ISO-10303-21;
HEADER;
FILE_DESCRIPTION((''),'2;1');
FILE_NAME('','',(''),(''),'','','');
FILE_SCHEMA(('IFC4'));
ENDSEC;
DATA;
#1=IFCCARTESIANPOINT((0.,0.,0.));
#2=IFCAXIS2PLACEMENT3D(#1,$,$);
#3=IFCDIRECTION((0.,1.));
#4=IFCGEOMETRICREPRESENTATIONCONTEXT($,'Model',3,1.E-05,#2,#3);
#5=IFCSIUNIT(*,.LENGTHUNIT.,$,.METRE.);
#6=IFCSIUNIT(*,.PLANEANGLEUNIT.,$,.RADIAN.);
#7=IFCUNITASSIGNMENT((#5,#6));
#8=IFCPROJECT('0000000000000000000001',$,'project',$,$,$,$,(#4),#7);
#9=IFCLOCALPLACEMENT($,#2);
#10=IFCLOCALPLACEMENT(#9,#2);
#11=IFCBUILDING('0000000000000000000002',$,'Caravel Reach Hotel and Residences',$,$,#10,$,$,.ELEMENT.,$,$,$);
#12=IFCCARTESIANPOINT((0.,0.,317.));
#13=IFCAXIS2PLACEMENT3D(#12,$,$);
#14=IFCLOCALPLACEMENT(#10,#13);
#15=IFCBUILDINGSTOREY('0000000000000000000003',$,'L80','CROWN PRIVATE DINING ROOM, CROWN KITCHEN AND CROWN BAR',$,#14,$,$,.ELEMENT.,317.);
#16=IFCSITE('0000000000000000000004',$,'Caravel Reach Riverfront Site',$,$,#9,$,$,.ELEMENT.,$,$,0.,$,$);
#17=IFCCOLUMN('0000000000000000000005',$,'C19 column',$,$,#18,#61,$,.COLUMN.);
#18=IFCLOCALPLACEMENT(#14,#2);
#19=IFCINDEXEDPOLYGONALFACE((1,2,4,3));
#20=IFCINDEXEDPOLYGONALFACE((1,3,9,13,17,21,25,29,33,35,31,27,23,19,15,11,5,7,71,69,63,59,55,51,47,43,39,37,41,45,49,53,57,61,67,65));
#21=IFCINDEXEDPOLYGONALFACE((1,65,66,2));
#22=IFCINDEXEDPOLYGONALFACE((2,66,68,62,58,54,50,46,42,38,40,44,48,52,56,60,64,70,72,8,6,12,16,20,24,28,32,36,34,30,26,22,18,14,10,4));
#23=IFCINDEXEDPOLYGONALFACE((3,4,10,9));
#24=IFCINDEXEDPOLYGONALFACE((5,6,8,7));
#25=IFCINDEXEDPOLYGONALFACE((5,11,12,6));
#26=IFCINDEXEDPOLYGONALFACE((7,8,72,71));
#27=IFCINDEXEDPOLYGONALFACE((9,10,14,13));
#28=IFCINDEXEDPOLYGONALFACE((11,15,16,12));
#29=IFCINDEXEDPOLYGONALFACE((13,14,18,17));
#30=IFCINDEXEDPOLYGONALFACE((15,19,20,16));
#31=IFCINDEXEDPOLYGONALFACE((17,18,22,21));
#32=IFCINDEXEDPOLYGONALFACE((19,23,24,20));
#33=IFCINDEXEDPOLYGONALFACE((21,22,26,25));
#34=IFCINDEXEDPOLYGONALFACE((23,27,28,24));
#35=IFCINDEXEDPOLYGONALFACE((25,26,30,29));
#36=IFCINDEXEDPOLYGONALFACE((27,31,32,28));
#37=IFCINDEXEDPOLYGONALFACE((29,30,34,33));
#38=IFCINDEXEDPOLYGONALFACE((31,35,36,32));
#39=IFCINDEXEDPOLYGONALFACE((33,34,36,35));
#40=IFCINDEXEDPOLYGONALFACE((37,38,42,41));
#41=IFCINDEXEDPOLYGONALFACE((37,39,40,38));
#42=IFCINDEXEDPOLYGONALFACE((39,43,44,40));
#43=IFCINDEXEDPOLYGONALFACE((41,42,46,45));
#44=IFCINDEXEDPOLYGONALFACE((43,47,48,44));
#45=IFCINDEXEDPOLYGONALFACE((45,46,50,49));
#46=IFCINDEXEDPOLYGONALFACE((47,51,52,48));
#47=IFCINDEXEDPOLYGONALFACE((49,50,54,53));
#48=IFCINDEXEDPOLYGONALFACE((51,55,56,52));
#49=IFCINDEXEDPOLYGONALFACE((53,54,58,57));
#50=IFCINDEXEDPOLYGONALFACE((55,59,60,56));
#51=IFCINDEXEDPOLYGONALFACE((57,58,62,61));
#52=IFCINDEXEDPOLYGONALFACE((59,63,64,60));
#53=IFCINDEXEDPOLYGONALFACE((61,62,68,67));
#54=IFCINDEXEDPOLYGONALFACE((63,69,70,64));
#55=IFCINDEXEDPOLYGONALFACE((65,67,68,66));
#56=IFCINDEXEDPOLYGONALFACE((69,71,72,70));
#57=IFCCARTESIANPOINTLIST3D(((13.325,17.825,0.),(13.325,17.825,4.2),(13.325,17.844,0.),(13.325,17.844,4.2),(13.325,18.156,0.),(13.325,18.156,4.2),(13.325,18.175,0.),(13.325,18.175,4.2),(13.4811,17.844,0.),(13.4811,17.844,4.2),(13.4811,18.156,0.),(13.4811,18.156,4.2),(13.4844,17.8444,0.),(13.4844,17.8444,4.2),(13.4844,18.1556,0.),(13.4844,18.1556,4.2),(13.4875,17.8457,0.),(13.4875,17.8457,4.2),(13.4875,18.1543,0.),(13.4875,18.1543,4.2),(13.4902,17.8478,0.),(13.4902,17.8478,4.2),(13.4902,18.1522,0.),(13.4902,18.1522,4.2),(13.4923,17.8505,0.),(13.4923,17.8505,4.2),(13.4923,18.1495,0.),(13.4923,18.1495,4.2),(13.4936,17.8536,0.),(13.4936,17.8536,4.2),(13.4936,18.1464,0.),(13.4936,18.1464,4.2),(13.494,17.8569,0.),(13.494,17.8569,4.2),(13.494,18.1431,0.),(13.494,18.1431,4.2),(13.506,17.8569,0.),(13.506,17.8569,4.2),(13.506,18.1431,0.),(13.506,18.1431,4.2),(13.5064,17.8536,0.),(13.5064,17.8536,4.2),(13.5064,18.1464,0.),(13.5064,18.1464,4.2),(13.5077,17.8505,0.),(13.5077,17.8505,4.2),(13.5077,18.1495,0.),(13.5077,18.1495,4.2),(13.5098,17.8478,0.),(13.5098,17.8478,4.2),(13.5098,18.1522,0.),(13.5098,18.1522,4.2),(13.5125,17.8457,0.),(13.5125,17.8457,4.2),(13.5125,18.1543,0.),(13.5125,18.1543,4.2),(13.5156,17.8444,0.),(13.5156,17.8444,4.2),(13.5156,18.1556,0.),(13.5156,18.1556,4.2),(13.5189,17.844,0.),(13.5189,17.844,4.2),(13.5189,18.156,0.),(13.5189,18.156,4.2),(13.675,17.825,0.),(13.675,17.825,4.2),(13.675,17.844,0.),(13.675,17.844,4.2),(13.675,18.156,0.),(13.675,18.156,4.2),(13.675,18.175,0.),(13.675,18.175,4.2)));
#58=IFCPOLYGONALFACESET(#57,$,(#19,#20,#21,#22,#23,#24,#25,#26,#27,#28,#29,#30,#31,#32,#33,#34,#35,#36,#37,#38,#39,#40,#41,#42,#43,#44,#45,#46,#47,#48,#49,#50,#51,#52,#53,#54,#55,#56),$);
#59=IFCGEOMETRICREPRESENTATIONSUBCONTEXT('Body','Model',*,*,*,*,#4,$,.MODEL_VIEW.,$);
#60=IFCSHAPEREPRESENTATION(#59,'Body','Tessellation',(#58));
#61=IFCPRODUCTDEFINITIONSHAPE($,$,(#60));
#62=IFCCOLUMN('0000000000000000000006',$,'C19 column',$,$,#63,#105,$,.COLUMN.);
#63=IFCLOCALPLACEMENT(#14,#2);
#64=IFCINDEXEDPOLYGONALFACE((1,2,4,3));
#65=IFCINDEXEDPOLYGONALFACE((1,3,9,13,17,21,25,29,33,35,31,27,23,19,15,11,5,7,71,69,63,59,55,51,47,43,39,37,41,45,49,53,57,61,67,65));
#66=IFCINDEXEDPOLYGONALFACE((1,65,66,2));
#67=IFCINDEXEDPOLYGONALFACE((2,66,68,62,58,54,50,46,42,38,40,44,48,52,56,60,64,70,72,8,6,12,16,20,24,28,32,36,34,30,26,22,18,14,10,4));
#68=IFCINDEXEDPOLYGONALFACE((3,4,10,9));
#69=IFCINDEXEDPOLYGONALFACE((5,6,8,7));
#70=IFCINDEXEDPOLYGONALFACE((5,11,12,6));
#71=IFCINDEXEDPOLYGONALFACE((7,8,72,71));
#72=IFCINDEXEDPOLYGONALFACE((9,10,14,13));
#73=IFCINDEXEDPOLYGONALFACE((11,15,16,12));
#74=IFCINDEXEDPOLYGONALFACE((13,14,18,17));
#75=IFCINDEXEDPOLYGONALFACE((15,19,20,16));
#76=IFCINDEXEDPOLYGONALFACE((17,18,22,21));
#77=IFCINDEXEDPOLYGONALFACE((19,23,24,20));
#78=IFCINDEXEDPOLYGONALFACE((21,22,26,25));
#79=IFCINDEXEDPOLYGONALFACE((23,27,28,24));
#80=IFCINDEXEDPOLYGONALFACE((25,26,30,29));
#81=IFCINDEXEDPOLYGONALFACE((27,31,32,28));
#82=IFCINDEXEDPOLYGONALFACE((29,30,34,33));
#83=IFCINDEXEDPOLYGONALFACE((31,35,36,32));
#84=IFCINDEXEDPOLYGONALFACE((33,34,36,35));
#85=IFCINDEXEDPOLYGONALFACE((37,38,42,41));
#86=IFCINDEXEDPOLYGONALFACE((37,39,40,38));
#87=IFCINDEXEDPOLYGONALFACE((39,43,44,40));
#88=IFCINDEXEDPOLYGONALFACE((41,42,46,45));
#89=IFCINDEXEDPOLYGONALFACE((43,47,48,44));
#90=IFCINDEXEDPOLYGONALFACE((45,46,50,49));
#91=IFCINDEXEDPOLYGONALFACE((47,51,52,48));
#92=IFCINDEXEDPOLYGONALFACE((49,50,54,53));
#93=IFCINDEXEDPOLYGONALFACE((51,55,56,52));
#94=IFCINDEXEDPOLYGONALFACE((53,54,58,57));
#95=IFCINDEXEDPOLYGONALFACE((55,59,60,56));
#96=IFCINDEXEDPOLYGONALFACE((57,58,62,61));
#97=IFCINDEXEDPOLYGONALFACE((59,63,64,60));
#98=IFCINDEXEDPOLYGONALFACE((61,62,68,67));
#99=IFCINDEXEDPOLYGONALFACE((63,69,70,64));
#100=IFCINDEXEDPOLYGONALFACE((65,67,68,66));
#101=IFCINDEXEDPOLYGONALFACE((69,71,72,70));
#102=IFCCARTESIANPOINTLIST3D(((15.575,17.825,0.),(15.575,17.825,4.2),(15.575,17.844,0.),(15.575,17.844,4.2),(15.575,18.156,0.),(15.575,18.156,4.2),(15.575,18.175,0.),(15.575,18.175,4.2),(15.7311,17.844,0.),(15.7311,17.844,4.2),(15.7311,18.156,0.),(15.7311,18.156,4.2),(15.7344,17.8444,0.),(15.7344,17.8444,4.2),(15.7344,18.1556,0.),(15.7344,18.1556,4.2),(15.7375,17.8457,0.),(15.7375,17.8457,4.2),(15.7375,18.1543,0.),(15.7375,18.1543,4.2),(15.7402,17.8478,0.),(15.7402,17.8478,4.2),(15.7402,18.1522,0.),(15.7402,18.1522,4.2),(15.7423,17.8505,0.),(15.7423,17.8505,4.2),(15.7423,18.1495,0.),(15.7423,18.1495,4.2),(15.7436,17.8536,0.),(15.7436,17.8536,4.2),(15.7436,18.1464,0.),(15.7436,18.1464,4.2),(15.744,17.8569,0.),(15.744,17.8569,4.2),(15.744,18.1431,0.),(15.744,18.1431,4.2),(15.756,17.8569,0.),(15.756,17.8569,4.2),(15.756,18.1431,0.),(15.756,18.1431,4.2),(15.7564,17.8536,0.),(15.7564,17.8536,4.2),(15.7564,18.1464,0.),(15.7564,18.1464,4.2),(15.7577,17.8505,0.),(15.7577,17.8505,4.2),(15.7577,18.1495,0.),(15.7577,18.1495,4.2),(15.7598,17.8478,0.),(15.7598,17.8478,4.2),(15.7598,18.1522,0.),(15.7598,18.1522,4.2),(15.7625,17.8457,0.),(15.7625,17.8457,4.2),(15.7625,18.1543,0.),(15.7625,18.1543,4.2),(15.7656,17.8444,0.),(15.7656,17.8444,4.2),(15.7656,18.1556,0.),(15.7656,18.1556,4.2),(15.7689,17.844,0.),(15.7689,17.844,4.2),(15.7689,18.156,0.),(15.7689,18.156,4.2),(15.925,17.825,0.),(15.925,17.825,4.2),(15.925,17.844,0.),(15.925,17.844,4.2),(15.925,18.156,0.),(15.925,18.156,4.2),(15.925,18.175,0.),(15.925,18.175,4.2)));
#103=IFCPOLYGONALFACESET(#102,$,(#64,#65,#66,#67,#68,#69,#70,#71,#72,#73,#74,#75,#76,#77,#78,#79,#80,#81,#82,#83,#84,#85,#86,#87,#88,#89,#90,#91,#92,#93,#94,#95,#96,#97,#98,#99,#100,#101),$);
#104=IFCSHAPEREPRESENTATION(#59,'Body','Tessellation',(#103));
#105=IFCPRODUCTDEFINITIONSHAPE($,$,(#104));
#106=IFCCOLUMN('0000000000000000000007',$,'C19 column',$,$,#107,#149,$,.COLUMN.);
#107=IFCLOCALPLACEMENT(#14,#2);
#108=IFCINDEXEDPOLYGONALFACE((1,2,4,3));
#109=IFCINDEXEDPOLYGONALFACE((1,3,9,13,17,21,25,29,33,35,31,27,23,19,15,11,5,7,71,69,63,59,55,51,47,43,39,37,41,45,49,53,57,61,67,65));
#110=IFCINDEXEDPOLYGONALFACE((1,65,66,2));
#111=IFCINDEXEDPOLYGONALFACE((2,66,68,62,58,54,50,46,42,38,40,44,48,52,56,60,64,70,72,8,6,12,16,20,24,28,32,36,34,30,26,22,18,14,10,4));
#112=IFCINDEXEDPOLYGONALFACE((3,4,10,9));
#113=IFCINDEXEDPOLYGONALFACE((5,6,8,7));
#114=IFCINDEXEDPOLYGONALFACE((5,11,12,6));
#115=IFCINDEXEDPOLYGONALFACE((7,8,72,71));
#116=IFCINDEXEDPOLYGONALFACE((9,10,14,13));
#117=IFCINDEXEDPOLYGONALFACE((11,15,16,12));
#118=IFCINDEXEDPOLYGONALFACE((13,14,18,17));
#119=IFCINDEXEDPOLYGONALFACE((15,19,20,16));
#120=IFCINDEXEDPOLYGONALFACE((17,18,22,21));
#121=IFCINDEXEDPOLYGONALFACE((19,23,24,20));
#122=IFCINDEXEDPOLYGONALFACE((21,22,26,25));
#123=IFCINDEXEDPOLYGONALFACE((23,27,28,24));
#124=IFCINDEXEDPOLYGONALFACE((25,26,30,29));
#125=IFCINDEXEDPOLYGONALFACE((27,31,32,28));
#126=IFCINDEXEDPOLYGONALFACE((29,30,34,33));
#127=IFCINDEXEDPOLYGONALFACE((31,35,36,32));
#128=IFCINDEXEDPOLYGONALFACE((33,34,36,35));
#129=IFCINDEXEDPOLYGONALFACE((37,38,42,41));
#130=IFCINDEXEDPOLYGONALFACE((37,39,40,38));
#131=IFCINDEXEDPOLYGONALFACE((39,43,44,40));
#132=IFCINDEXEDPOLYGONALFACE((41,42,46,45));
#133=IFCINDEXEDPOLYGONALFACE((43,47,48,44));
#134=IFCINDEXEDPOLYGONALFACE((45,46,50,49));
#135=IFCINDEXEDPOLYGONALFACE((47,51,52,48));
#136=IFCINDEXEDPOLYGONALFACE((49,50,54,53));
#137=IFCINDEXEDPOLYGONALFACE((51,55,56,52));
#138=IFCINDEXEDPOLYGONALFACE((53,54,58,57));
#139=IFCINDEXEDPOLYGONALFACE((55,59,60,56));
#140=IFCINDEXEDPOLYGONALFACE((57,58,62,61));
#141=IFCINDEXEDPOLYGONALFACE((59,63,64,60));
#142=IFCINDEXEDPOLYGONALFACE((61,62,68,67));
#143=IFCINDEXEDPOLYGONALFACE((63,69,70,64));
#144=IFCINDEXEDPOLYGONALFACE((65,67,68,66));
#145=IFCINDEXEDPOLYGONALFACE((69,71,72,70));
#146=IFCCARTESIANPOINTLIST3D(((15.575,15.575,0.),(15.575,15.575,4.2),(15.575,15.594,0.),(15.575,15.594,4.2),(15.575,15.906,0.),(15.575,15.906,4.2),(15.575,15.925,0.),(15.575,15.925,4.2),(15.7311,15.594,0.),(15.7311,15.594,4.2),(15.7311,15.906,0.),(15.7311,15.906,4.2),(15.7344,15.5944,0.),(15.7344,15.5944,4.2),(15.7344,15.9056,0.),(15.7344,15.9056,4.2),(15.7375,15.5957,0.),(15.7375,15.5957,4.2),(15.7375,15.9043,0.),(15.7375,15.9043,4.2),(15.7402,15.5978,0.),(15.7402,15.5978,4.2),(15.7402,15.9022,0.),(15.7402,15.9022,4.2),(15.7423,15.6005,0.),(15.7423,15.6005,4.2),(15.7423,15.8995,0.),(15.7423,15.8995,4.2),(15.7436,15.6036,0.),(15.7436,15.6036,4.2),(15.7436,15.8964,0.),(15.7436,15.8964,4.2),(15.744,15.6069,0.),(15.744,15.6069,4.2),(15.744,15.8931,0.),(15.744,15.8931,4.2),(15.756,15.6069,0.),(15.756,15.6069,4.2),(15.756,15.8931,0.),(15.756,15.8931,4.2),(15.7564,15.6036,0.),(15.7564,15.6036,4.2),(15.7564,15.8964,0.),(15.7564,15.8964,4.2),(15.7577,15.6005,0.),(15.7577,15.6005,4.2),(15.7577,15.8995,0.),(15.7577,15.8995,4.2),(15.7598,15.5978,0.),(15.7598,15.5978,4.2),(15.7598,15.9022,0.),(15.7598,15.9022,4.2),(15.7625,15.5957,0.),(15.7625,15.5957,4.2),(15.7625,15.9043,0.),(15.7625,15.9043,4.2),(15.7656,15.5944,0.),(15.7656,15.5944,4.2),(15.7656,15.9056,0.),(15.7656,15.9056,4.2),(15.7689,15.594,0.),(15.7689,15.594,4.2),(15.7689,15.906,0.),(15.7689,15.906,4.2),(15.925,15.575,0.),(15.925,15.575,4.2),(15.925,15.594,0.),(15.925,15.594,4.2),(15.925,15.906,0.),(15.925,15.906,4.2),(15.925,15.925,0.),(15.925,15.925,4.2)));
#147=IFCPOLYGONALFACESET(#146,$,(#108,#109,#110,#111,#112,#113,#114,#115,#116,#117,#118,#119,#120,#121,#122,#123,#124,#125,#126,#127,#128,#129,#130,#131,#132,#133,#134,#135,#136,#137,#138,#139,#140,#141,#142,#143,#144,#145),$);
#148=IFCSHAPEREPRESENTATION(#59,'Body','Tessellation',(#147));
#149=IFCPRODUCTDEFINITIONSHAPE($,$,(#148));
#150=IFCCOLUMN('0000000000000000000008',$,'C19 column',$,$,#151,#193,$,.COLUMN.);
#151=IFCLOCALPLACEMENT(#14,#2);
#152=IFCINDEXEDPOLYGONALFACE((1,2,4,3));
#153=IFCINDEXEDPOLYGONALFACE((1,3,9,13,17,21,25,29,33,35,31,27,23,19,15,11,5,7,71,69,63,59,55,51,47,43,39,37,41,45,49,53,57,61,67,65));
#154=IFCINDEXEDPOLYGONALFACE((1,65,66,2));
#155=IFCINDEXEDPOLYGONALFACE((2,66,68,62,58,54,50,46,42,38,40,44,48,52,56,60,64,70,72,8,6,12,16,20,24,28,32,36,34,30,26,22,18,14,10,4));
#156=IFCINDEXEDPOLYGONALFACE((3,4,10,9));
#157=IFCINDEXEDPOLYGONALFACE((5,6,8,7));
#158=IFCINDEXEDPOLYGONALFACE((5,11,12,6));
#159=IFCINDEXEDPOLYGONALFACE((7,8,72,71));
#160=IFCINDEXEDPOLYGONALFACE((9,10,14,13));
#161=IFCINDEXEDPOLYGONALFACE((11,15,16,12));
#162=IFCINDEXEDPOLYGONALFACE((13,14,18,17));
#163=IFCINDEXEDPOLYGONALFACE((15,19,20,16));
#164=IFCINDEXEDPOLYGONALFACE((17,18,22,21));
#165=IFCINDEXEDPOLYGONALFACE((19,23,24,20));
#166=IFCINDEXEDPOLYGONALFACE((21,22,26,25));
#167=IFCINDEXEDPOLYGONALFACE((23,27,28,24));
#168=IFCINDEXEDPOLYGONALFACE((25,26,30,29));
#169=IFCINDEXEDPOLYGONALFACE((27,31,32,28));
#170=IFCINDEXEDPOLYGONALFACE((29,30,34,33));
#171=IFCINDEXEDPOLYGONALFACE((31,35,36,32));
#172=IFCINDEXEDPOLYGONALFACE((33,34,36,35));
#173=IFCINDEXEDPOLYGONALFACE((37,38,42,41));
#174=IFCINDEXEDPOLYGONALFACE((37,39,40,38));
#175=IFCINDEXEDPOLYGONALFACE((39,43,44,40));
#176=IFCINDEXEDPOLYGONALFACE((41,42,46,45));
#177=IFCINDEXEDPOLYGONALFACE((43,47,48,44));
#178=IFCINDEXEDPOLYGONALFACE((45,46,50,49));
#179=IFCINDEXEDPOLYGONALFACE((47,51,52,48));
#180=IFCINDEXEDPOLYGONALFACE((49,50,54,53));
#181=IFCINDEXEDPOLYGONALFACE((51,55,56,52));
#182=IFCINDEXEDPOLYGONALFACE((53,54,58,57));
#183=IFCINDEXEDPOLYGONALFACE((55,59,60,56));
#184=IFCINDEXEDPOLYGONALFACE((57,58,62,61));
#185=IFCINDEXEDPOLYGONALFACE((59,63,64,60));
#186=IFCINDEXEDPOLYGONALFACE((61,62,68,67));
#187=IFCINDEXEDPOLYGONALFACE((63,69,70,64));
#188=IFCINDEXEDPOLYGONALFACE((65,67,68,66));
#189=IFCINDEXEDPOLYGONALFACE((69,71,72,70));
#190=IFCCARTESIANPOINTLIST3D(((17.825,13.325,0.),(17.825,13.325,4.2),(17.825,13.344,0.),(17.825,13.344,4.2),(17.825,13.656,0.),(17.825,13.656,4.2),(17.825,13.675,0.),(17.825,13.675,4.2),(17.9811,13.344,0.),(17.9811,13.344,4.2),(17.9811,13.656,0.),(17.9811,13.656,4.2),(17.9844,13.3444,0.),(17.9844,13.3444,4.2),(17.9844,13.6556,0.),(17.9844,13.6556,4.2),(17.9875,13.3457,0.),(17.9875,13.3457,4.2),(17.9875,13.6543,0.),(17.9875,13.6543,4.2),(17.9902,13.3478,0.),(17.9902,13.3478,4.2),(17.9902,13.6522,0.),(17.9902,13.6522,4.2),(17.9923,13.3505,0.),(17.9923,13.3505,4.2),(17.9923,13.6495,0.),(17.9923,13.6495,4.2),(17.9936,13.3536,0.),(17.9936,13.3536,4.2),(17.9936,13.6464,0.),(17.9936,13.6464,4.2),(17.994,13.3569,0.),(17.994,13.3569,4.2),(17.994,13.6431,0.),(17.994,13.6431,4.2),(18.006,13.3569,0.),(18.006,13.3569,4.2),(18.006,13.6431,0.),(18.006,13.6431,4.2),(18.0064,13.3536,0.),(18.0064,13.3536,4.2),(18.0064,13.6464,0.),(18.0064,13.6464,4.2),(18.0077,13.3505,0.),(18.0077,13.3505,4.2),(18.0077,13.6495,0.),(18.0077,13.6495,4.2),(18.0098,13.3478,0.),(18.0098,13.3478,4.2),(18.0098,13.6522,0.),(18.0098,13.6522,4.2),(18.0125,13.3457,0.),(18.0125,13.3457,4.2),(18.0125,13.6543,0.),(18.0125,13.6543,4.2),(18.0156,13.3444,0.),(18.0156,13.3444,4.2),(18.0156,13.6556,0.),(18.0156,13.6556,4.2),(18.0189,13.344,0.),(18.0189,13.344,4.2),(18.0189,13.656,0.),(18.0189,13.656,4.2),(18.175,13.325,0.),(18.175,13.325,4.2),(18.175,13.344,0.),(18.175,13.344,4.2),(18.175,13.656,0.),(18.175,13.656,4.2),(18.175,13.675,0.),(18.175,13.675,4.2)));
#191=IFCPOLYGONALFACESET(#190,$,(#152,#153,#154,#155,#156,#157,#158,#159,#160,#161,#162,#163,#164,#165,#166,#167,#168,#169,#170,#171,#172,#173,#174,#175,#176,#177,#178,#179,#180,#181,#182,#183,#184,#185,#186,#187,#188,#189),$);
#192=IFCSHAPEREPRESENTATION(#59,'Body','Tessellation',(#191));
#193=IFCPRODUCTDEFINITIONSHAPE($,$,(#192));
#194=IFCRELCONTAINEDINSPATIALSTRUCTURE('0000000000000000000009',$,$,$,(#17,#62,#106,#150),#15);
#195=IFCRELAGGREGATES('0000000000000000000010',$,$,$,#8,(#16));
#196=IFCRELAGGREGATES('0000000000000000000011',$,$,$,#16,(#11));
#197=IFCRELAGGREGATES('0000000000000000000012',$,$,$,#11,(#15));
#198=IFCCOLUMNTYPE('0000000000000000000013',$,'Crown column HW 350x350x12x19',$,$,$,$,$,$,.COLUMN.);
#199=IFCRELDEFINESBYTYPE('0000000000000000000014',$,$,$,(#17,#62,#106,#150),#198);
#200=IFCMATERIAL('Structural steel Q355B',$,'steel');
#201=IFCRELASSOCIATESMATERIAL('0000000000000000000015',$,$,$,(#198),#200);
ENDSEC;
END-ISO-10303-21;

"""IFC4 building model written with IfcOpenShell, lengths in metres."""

from ifc_helpers import new_model, si_unit, direction, frame, origin, origin_2d, place, context, subcontext, project, spatial, i_section, extrude, material, material_profile, profile_set, type_object, element, save


model = new_model("IFC4")

# Units and contexts
model_context = context("Model", 3, precision=1e-05, world=origin(), true_north=direction((0.0, 1.0)))
body_context = subcontext(model_context, "Body", "Model", "MODEL_VIEW")
ifc_project = project(units=[si_unit("LENGTHUNIT", "METRE"), si_unit("PLANEANGLEUNIT", "RADIAN")], contexts=[model_context])

# Site, building, storey
site_placement = place(None, origin())
site = spatial("IfcSite", under=ifc_project, at=site_placement, Name="Caravel Reach Riverfront Site", CompositionType="ELEMENT", RefElevation=0.0)
building_placement = place(site_placement, origin())
building = spatial("IfcBuilding", under=site, at=building_placement, Name="Caravel Reach Hotel and Residences", CompositionType="ELEMENT")
storey_placement = place(building_placement, frame((0.0, 0.0, 317.0)))
storey = spatial("IfcBuildingStorey", under=building, at=storey_placement, Name="L80", Description="CROWN PRIVATE DINING ROOM, CROWN KITCHEN AND CROWN BAR", CompositionType="ELEMENT", Elevation=317.0)

# Columns
ifc_material_1 = material(Name="Structural steel Q355B", Category="steel")
ifc_material_profile_1 = material_profile(ifc_material_1, i_section(OverallWidth=0.3501, OverallDepth=0.3501, WebThickness=0.012, FlangeThickness=0.019, FilletRadius=0.0129, at=origin_2d()), Name="HW 350x350x12x19")
ifc_profile_set_1 = profile_set([ifc_material_profile_1], Name="Structural steel Q355B")
column_type = type_object("IfcColumnType", Name="Crown column HW 350x350x12x19", PredefinedType="COLUMN", material=ifc_profile_set_1)
for number, where, z_axis, x_axis, name in (
    (1, (13.5, 18.0, 0.0), (0.0, 0.0, 1.0), (1.0, 0.0, 0.0), "C19 column"),
    (2, (15.75, 18.0, 0.0), (0.0, 0.0, 1.0), (1.0, 0.0, 0.0), "C19 column"),
    (3, (15.75, 15.75, 0.0), (0.0, 0.0, 1.0), (1.0, 0.0, 0.0), "C19 column"),
    (4, (18.0, 13.5, 0.0), (0.0, 0.0, 1.0), (1.0, 0.0, 0.0), "C19 column"),
):
    element("IfcColumn", number, at=place(storey_placement, frame(where, z_axis=z_axis, x_axis=x_axis)), inside=storey, type_object=column_type, Name=name, PredefinedType="COLUMN", context=body_context, shape_type="SweptSolid", body=[
        extrude(i_section(OverallWidth=0.3501, OverallDepth=0.3501, WebThickness=0.012, FlangeThickness=0.019, FilletRadius=0.0129, at=origin_2d()), origin(), (0.0, 0.0, 1.0), 4.2),
    ])

save(model, "model.ifc")
